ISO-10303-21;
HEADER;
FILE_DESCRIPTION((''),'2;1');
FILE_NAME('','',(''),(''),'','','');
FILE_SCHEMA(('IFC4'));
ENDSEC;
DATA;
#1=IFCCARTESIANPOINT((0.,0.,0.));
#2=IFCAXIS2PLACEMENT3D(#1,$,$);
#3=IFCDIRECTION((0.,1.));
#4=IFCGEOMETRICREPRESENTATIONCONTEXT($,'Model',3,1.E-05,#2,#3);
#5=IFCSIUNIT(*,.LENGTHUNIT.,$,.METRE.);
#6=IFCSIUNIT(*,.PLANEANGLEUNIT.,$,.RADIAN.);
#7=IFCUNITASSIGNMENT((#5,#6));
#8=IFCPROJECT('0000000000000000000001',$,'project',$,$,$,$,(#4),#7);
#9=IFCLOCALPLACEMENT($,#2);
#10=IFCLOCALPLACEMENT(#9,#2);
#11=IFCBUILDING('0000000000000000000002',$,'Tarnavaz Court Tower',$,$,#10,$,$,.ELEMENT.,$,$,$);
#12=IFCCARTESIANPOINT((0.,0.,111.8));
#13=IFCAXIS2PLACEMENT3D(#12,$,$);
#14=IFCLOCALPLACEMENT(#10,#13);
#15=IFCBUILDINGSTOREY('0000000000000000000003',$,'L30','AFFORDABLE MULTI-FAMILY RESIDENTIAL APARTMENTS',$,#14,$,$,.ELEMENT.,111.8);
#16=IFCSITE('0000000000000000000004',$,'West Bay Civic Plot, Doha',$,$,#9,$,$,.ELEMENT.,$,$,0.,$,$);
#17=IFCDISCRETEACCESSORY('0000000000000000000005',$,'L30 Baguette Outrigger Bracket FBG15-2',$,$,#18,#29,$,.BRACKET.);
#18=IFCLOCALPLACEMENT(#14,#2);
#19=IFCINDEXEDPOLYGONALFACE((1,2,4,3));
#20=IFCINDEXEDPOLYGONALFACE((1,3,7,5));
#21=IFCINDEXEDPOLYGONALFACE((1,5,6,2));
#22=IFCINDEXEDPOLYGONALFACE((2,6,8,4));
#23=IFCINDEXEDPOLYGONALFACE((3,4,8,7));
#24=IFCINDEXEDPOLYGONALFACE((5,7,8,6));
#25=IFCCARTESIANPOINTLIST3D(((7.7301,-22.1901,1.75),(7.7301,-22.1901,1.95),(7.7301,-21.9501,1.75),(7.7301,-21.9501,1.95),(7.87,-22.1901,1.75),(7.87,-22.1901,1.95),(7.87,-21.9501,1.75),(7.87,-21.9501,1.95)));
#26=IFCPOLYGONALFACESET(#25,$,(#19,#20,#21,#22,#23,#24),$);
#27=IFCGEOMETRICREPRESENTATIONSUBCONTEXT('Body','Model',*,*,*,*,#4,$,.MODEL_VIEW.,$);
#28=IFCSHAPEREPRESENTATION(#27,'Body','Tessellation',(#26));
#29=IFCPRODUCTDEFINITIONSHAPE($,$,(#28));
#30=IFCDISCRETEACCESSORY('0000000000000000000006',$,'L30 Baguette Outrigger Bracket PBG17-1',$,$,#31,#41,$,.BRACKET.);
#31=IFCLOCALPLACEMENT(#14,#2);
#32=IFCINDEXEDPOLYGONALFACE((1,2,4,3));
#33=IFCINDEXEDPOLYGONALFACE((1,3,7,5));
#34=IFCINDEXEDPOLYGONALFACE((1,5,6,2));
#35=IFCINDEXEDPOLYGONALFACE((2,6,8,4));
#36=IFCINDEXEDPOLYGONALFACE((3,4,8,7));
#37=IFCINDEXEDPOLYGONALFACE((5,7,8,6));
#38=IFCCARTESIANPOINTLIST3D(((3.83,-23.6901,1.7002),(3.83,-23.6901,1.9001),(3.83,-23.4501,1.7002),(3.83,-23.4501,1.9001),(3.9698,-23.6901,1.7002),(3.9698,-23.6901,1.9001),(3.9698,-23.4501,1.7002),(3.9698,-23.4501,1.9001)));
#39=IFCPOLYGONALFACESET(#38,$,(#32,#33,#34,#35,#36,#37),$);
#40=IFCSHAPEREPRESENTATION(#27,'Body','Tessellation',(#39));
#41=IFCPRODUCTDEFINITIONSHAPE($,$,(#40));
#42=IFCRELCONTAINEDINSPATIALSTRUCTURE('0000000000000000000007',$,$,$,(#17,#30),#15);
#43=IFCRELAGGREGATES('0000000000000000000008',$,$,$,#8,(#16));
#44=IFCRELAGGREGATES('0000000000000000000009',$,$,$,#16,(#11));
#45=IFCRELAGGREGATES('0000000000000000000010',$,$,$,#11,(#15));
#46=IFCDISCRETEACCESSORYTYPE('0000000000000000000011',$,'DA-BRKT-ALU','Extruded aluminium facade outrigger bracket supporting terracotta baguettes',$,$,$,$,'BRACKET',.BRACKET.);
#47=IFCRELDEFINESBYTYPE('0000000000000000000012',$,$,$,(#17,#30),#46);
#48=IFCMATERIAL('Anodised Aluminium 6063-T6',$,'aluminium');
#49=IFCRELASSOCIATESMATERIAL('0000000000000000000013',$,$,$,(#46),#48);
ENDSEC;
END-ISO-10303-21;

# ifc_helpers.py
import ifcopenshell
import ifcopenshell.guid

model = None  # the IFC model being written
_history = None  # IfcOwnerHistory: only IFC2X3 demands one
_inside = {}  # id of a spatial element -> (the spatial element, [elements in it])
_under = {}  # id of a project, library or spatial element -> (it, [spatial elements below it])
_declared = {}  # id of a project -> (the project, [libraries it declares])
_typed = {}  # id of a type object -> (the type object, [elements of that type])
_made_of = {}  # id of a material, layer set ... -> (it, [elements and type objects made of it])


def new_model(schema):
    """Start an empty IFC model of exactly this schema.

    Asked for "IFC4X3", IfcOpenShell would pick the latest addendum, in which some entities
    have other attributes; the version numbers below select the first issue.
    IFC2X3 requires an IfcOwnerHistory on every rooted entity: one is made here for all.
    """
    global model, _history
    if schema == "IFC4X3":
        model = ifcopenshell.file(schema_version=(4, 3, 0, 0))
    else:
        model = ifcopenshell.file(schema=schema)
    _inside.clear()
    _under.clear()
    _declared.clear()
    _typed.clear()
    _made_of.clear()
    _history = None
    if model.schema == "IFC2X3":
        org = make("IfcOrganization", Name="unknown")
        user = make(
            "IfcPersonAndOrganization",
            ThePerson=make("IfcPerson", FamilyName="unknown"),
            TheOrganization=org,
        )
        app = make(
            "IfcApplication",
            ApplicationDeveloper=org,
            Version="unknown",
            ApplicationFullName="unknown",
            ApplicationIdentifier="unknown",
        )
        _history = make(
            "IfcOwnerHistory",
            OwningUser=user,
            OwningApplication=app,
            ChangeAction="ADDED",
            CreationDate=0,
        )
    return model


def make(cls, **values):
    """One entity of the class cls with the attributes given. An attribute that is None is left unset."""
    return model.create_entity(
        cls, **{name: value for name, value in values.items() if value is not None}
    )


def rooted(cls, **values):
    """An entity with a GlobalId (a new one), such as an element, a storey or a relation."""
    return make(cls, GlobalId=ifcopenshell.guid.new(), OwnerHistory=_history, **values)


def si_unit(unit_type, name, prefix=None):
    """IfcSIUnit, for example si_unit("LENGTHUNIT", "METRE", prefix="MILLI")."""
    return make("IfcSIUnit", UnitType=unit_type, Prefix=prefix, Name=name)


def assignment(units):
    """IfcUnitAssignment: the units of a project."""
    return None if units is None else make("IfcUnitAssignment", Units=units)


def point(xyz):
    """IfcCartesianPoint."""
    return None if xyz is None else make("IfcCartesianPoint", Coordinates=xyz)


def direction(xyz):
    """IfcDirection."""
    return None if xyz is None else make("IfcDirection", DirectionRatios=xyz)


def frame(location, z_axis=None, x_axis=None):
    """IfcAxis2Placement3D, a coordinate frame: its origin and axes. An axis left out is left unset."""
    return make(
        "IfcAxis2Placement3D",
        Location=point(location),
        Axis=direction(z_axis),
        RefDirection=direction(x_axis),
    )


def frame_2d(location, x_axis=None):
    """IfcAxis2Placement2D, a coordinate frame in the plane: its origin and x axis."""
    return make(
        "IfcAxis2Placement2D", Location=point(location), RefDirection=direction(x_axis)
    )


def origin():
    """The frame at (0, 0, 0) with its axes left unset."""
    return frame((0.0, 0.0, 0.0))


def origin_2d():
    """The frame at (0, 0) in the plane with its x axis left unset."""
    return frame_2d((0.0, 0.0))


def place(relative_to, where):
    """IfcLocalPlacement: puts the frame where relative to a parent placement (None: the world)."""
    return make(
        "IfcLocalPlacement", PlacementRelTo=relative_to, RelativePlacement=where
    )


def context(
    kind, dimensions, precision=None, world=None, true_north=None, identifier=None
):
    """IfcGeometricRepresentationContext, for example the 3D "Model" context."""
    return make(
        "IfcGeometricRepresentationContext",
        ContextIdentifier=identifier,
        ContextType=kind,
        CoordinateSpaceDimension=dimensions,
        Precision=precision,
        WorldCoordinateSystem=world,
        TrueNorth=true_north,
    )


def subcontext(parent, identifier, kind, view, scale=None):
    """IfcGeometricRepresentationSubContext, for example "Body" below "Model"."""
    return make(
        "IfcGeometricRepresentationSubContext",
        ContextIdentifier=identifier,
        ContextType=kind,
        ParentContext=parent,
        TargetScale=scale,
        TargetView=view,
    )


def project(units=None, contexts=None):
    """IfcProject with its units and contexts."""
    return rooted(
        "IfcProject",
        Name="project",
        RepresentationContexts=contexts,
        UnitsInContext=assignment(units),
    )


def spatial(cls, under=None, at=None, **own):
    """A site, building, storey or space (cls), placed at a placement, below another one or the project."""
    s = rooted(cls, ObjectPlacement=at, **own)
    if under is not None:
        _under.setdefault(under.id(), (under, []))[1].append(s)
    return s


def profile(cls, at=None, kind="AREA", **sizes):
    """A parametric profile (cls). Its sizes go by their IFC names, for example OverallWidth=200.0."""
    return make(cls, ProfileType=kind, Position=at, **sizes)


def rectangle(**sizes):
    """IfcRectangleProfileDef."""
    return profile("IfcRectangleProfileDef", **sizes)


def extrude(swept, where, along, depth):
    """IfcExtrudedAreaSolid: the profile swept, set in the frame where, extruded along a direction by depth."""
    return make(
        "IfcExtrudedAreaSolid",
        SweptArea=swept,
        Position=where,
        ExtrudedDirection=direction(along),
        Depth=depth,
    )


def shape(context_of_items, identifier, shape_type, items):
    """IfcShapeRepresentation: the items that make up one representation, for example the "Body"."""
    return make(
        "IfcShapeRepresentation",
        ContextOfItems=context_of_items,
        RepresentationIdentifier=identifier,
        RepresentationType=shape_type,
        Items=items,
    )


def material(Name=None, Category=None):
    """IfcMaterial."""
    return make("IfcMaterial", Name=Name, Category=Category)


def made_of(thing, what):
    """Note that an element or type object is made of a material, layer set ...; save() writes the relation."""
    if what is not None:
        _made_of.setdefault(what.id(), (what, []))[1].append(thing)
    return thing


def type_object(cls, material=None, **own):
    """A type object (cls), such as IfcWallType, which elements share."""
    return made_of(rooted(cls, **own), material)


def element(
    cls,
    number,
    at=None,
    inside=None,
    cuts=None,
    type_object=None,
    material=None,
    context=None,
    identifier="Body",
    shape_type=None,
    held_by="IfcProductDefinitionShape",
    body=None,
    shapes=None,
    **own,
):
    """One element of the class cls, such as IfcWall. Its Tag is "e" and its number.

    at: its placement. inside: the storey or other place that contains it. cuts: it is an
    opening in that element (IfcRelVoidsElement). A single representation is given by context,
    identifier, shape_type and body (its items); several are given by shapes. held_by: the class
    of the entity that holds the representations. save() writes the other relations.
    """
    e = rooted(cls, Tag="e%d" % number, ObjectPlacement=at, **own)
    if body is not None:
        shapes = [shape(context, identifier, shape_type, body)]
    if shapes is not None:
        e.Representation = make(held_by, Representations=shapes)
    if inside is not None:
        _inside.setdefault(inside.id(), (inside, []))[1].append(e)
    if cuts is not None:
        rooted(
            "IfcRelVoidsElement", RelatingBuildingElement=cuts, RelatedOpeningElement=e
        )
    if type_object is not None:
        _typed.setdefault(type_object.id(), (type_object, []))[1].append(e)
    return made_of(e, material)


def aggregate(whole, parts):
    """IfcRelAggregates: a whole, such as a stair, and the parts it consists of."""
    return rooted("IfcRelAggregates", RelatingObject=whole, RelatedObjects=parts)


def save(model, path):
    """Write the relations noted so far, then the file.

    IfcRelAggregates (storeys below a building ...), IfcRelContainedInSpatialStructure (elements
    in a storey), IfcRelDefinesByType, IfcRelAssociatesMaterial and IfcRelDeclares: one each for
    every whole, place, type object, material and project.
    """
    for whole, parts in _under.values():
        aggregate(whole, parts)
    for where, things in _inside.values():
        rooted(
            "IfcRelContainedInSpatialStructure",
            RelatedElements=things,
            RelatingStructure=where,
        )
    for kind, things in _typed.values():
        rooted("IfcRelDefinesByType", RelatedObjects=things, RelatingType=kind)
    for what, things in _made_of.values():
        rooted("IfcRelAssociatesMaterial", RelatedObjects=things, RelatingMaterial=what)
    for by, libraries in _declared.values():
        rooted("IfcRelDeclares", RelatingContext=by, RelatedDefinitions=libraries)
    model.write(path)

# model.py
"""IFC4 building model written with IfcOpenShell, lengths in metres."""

from ifc_helpers import new_model, si_unit, direction, frame, origin, origin_2d, place, context, subcontext, project, spatial, rectangle, extrude, material, type_object, element, save


model = new_model("IFC4")

# Units and contexts
model_context = context("Model", 3, precision=1e-05, world=origin(), true_north=direction((0.0, 1.0)))
body_context = subcontext(model_context, "Body", "Model", "MODEL_VIEW")
ifc_project = project(units=[si_unit("LENGTHUNIT", "METRE"), si_unit("PLANEANGLEUNIT", "RADIAN")], contexts=[model_context])

# Site, building, storey
site_placement = place(None, origin())
site = spatial("IfcSite", under=ifc_project, at=site_placement, Name="West Bay Civic Plot, Doha", CompositionType="ELEMENT", RefElevation=0.0)
building_placement = place(site_placement, origin())
building = spatial("IfcBuilding", under=site, at=building_placement, Name="Tarnavaz Court Tower", CompositionType="ELEMENT")
storey_placement = place(building_placement, frame((0.0, 0.0, 111.8)))
storey = spatial("IfcBuildingStorey", under=building, at=storey_placement, Name="L30", Description="AFFORDABLE MULTI-FAMILY RESIDENTIAL APARTMENTS", CompositionType="ELEMENT", Elevation=111.8)

# Shared definitions
ifc_material_1 = material(Name="Anodised Aluminium 6063-T6", Category="aluminium")

# Discrete accessories
discrete_accessory_type = type_object("IfcDiscreteAccessoryType", Name="DA-BRKT-ALU", Description="Extruded aluminium facade outrigger bracket supporting terracotta baguettes", ElementType="BRACKET", PredefinedType="BRACKET", material=ifc_material_1)
for number, where, z_axis, x_axis, name in (
    (1, (7.8, -22.0701, 1.75), (0.0, 0.0, 1.0), (-1.0, 0.0, 0.0), "L30 Baguette Outrigger Bracket FBG15-2"),
    (2, (3.8999, -23.5701, 1.7002), (0.0, 0.0, 1.0), (-1.0, 0.0, 0.0), "L30 Baguette Outrigger Bracket PBG17-1"),
):
    element("IfcDiscreteAccessory", number, at=place(storey_placement, frame(where, z_axis=z_axis, x_axis=x_axis)), inside=storey, type_object=discrete_accessory_type, Name=name, PredefinedType="BRACKET", context=body_context, shape_type="SweptSolid", body=[
        extrude(rectangle(XDim=0.1399, YDim=0.24, at=origin_2d()), origin(), (0.0, 0.0, 1.0), 0.2),
    ])

save(model, "model.ifc")
